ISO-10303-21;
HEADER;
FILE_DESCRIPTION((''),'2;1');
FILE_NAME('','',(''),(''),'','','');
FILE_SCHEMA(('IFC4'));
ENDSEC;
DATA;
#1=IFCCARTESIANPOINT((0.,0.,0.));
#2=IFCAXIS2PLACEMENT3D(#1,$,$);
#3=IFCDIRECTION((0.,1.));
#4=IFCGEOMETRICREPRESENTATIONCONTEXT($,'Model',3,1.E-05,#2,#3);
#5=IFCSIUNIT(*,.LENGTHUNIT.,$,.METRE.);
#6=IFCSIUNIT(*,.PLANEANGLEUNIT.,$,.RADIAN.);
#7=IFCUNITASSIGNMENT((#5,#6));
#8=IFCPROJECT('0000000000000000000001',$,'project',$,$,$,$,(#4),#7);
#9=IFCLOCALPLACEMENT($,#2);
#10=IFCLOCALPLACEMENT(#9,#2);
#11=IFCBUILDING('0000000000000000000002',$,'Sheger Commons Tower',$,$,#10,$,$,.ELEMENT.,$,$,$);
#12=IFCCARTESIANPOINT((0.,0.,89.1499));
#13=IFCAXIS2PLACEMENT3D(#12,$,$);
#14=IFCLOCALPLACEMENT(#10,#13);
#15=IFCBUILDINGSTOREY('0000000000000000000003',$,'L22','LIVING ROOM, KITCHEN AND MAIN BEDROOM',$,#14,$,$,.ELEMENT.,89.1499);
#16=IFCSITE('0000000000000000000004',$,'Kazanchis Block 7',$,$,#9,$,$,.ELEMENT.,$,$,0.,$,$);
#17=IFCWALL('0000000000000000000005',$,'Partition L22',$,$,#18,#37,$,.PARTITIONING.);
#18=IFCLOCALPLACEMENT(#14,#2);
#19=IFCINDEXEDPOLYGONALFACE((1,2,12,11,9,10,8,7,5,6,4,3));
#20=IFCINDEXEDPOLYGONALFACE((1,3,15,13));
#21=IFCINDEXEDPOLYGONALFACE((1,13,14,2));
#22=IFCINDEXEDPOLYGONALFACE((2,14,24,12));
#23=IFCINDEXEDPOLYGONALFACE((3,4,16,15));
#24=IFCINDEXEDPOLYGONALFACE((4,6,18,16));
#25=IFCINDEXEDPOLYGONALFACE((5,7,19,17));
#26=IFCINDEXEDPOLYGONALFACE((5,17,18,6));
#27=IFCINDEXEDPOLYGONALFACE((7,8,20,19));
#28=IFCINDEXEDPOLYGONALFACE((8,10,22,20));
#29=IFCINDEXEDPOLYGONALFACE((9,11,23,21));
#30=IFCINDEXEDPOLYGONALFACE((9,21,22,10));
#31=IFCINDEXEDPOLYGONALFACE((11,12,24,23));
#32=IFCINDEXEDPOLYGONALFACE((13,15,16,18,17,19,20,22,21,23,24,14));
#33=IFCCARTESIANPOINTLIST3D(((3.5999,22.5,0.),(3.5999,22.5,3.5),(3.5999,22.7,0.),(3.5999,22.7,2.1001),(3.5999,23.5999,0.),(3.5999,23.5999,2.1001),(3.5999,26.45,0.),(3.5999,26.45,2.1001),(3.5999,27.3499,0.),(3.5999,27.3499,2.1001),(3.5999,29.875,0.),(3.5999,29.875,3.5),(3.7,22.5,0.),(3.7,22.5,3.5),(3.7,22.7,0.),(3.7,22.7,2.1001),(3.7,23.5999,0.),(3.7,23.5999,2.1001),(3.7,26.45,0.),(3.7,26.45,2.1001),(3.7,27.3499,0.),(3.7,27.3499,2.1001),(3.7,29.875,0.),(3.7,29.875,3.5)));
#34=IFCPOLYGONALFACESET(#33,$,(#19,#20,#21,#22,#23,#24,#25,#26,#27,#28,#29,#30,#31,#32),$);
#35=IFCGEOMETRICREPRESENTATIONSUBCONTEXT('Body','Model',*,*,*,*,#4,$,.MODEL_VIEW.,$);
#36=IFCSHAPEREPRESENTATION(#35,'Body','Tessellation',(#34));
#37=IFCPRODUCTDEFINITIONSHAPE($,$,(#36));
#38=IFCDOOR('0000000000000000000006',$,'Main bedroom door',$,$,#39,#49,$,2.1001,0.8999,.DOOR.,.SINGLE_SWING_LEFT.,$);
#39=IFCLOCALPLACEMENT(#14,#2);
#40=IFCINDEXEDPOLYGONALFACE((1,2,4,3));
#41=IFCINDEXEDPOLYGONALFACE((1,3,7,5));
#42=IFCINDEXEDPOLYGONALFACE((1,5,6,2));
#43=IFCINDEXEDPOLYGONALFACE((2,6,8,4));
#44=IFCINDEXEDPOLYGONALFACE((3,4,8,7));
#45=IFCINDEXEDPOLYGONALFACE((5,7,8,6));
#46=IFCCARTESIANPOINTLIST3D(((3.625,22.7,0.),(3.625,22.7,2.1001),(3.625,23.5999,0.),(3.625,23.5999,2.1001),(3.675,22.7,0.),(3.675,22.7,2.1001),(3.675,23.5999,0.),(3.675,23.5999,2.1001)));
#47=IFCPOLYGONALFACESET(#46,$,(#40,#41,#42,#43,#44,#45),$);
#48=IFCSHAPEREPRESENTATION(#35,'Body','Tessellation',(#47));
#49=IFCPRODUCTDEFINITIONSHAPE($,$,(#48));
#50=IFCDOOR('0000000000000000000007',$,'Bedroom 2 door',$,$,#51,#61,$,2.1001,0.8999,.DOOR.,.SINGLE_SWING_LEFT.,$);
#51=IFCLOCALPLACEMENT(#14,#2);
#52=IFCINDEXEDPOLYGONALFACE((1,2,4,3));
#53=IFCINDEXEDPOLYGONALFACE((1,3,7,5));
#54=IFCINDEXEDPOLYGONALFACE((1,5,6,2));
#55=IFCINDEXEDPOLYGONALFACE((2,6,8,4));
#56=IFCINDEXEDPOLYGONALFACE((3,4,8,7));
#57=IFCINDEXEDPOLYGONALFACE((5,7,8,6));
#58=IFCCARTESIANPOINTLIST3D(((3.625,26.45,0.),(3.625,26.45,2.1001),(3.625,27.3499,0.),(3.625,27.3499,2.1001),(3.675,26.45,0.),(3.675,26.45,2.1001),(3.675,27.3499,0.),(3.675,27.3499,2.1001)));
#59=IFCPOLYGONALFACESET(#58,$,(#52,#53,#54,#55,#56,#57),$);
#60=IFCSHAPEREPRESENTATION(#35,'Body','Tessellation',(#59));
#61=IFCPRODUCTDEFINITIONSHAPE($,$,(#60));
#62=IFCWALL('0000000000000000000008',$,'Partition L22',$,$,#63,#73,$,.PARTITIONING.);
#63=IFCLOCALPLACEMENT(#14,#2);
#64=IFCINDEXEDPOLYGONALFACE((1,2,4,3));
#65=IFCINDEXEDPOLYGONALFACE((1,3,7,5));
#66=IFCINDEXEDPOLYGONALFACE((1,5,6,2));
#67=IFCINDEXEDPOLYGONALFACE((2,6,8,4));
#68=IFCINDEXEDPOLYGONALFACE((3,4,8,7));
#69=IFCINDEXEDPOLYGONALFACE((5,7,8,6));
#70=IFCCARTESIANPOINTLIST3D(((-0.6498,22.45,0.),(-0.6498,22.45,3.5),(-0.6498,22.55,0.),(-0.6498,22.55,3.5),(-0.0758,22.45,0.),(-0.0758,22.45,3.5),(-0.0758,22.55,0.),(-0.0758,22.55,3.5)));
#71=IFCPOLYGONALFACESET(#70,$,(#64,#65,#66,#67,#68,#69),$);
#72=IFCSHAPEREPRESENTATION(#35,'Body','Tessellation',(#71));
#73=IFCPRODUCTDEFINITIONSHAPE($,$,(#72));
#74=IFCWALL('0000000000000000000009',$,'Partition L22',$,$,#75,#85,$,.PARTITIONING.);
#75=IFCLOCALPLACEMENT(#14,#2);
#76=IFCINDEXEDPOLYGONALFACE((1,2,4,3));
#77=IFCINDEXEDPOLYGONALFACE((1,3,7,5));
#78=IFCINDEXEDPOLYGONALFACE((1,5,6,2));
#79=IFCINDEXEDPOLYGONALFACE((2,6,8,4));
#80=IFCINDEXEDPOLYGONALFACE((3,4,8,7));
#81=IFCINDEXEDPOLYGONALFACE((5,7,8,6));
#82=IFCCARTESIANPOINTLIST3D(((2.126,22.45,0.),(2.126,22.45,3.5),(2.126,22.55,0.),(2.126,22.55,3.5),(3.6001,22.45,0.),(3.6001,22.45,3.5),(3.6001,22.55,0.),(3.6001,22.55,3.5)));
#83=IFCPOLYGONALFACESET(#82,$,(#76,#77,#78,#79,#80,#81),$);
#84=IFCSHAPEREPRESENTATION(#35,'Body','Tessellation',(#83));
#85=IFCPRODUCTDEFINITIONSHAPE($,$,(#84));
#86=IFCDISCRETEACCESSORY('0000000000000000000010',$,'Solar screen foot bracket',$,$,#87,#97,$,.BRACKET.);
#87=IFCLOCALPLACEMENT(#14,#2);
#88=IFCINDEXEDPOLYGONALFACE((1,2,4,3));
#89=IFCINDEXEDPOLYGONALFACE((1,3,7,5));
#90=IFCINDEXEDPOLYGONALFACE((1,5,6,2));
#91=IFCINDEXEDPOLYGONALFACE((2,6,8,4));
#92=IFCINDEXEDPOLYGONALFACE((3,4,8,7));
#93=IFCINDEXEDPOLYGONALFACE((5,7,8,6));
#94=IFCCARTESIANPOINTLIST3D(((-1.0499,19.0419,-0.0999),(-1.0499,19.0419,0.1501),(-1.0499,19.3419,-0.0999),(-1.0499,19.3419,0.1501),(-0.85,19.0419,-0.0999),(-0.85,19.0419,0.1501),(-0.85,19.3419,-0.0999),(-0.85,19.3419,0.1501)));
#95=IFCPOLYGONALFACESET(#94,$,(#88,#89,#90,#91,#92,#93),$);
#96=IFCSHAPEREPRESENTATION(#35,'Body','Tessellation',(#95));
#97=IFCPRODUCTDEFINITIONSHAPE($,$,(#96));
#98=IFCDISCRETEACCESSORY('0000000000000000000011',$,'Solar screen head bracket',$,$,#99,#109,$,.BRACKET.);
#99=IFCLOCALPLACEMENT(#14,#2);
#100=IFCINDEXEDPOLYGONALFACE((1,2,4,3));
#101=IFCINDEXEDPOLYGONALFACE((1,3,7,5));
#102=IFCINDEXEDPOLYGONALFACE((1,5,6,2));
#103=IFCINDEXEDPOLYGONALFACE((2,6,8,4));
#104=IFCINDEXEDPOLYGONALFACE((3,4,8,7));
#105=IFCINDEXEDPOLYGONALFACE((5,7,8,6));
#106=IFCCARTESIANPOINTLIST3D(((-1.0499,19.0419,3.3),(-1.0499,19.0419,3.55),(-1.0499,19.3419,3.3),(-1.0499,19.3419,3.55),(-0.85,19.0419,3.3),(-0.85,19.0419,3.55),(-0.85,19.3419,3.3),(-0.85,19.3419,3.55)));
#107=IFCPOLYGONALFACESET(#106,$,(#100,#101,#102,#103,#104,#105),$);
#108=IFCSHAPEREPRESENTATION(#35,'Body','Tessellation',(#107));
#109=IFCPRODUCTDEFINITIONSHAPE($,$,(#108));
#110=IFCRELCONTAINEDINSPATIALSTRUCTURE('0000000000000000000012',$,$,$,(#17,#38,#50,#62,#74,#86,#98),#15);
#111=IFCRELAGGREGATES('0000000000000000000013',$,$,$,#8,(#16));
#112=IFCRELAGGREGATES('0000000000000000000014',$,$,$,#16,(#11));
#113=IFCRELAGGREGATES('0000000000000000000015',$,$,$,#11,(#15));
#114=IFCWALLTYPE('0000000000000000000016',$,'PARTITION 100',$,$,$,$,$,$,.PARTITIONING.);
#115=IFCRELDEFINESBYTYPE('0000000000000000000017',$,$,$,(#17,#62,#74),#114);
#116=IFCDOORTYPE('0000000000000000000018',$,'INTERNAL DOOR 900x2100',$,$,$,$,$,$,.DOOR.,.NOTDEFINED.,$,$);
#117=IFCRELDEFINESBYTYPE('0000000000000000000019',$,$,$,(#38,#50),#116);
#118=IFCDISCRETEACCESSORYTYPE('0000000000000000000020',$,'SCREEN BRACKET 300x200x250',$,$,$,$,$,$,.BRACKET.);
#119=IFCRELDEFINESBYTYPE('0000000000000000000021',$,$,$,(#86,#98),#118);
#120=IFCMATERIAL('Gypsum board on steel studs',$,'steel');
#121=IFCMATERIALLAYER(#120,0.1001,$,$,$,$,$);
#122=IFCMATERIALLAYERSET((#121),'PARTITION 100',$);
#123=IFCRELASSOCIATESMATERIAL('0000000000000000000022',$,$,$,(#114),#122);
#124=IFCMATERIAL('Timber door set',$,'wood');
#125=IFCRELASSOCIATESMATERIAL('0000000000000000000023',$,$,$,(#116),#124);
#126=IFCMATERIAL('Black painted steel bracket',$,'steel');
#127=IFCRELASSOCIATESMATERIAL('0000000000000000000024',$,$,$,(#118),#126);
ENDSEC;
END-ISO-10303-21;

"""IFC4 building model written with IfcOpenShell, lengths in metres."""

from ifc_helpers import new_model, si_unit, direction, frame, frame_2d, origin, origin_2d, place, context, subcontext, project, spatial, rectangle, extrude, material, layer, layer_set, type_object, element, fill, save


model = new_model("IFC4")

# Units and contexts
model_context = context("Model", 3, precision=1e-05, world=origin(), true_north=direction((0.0, 1.0)))
body_context = subcontext(model_context, "Body", "Model", "MODEL_VIEW")
ifc_project = project(units=[si_unit("LENGTHUNIT", "METRE"), si_unit("PLANEANGLEUNIT", "RADIAN")], contexts=[model_context])

# Site, building, storey
site_placement = place(None, origin())
site = spatial("IfcSite", under=ifc_project, at=site_placement, Name="Kazanchis Block 7", CompositionType="ELEMENT", RefElevation=0.0)
building_placement = place(site_placement, origin())
building = spatial("IfcBuilding", under=site, at=building_placement, Name="Sheger Commons Tower", CompositionType="ELEMENT")
storey_placement = place(building_placement, frame((0.0, 0.0, 89.1499)))
storey = spatial("IfcBuildingStorey", under=building, at=storey_placement, Name="L22", Description="LIVING ROOM, KITCHEN AND MAIN BEDROOM", CompositionType="ELEMENT", Elevation=89.1499)

# Shared definitions
ifc_material_1 = material(Name="Gypsum board on steel studs", Category="steel")
ifc_layer_1 = layer(ifc_material_1, 0.1001)
ifc_layer_set_1 = layer_set([ifc_layer_1], Name="PARTITION 100")
wall_type_1 = type_object("IfcWallType", Name="PARTITION 100", PredefinedType="PARTITIONING", material=ifc_layer_set_1)
ifc_material_2 = material(Name="Timber door set", Category="wood")
door_type = type_object("IfcDoorType", Name="INTERNAL DOOR 900x2100", OperationType="NOTDEFINED", PredefinedType="DOOR", material=ifc_material_2)

# Wall, openings, doors
wall_1_placement = place(storey_placement, frame((3.6499, 22.5, 0.0), z_axis=(0.0, 0.0, 1.0), x_axis=(0.0, 1.0, 0.0)))
wall_1 = element("IfcWall", 1, at=wall_1_placement, inside=storey, type_object=wall_type_1, Name="Partition L22", PredefinedType="PARTITIONING", context=body_context, shape_type="SweptSolid", body=[
    extrude(rectangle(XDim=7.375, YDim=0.1001, at=frame_2d((3.6875, 0.0))), origin(), (0.0, 0.0, 1.0), 3.5),
])
opening_1_placement = place(wall_1_placement, frame((0.2, 0.0, 0.0)))
opening_1 = element("IfcOpeningElement", 2, at=opening_1_placement, cuts=wall_1, PredefinedType="OPENING", context=body_context, shape_type="SweptSolid", body=[
    extrude(rectangle(XDim=0.8999, YDim=2.1001, at=frame_2d((0.45, 1.05))), frame((0.0, 0.0601, 0.0), z_axis=(0.0, -1.0, 0.0), x_axis=(1.0, 0.0, 0.0)), (0.0, 0.0, 1.0), 0.1201),
])
opening_2_placement = place(wall_1_placement, frame((3.95, 0.0, 0.0)))
opening_2 = element("IfcOpeningElement", 3, at=opening_2_placement, cuts=wall_1, PredefinedType="OPENING", context=body_context, shape_type="SweptSolid", body=[
    extrude(rectangle(XDim=0.8999, YDim=2.1001, at=frame_2d((0.45, 1.05))), frame((0.0, 0.0601, 0.0), z_axis=(0.0, -1.0, 0.0), x_axis=(1.0, 0.0, 0.0)), (0.0, 0.0, 1.0), 0.1201),
])
door_1_placement = place(opening_1_placement, origin())
door_1 = element("IfcDoor", 4, at=door_1_placement, inside=storey, type_object=door_type, Name="Main bedroom door", OperationType="SINGLE_SWING_LEFT", OverallHeight=2.1001, OverallWidth=0.8999, PredefinedType="DOOR", context=body_context, shape_type="SweptSolid", body=[
    extrude(rectangle(XDim=0.8999, YDim=2.1001, at=frame_2d((0.45, 1.05))), frame((0.0, 0.0249, 0.0), z_axis=(0.0, -1.0, 0.0), x_axis=(1.0, 0.0, 0.0)), (0.0, 0.0, 1.0), 0.05),
])
fill(opening_1, door_1)
door_2_placement = place(opening_2_placement, origin())
door_2 = element("IfcDoor", 5, at=door_2_placement, inside=storey, type_object=door_type, Name="Bedroom 2 door", OperationType="SINGLE_SWING_LEFT", OverallHeight=2.1001, OverallWidth=0.8999, PredefinedType="DOOR", context=body_context, shape_type="SweptSolid", body=[
    extrude(rectangle(XDim=0.8999, YDim=2.1001, at=frame_2d((0.45, 1.05))), frame((0.0, 0.0249, 0.0), z_axis=(0.0, -1.0, 0.0), x_axis=(1.0, 0.0, 0.0)), (0.0, 0.0, 1.0), 0.05),
])
fill(opening_2, door_2)

# Walls
wall_2_placement = place(storey_placement, frame((-0.6499, 22.5, 0.0), z_axis=(0.0, 0.0, 1.0), x_axis=(1.0, 0.0, 0.0)))
element("IfcWall", 6, at=wall_2_placement, inside=storey, type_object=wall_type_1, Name="Partition L22", PredefinedType="PARTITIONING", context=body_context, shape_type="SweptSolid", body=[
    extrude(rectangle(XDim=0.574, YDim=0.1001, at=frame_2d((0.2871, 0.0))), origin(), (0.0, 0.0, 1.0), 3.5),
])
wall_3_placement = place(storey_placement, frame((2.126, 22.5, 0.0), z_axis=(0.0, 0.0, 1.0), x_axis=(1.0, 0.0, 0.0)))
element("IfcWall", 7, at=wall_3_placement, inside=storey, type_object=wall_type_1, Name="Partition L22", PredefinedType="PARTITIONING", context=body_context, shape_type="SweptSolid", body=[
    extrude(rectangle(XDim=1.4741, YDim=0.1001, at=frame_2d((0.7371, 0.0))), origin(), (0.0, 0.0, 1.0), 3.5),
])

# Discrete accessories
ifc_material_3 = material(Name="Black painted steel bracket", Category="steel")
discrete_accessory_type = type_object("IfcDiscreteAccessoryType", Name="SCREEN BRACKET 300x200x250", PredefinedType="BRACKET", material=ifc_material_3)
for number, where, z_axis, x_axis, name in (
    (8, (-0.95, 19.1919, -0.0999), (0.0, 0.0, 1.0), (0.0, -1.0, 0.0), "Solar screen foot bracket"),
    (9, (-0.95, 19.1919, 3.3), (0.0, 0.0, 1.0), (0.0, -1.0, 0.0), "Solar screen head bracket"),
):
    element("IfcDiscreteAccessory", number, at=place(storey_placement, frame(where, z_axis=z_axis, x_axis=x_axis)), inside=storey, type_object=discrete_accessory_type, Name=name, PredefinedType="BRACKET", context=body_context, shape_type="SweptSolid", body=[
        extrude(rectangle(XDim=0.3, YDim=0.2, at=origin_2d()), origin(), (0.0, 0.0, 1.0), 0.25),
    ])

save(model, "model.ifc")
